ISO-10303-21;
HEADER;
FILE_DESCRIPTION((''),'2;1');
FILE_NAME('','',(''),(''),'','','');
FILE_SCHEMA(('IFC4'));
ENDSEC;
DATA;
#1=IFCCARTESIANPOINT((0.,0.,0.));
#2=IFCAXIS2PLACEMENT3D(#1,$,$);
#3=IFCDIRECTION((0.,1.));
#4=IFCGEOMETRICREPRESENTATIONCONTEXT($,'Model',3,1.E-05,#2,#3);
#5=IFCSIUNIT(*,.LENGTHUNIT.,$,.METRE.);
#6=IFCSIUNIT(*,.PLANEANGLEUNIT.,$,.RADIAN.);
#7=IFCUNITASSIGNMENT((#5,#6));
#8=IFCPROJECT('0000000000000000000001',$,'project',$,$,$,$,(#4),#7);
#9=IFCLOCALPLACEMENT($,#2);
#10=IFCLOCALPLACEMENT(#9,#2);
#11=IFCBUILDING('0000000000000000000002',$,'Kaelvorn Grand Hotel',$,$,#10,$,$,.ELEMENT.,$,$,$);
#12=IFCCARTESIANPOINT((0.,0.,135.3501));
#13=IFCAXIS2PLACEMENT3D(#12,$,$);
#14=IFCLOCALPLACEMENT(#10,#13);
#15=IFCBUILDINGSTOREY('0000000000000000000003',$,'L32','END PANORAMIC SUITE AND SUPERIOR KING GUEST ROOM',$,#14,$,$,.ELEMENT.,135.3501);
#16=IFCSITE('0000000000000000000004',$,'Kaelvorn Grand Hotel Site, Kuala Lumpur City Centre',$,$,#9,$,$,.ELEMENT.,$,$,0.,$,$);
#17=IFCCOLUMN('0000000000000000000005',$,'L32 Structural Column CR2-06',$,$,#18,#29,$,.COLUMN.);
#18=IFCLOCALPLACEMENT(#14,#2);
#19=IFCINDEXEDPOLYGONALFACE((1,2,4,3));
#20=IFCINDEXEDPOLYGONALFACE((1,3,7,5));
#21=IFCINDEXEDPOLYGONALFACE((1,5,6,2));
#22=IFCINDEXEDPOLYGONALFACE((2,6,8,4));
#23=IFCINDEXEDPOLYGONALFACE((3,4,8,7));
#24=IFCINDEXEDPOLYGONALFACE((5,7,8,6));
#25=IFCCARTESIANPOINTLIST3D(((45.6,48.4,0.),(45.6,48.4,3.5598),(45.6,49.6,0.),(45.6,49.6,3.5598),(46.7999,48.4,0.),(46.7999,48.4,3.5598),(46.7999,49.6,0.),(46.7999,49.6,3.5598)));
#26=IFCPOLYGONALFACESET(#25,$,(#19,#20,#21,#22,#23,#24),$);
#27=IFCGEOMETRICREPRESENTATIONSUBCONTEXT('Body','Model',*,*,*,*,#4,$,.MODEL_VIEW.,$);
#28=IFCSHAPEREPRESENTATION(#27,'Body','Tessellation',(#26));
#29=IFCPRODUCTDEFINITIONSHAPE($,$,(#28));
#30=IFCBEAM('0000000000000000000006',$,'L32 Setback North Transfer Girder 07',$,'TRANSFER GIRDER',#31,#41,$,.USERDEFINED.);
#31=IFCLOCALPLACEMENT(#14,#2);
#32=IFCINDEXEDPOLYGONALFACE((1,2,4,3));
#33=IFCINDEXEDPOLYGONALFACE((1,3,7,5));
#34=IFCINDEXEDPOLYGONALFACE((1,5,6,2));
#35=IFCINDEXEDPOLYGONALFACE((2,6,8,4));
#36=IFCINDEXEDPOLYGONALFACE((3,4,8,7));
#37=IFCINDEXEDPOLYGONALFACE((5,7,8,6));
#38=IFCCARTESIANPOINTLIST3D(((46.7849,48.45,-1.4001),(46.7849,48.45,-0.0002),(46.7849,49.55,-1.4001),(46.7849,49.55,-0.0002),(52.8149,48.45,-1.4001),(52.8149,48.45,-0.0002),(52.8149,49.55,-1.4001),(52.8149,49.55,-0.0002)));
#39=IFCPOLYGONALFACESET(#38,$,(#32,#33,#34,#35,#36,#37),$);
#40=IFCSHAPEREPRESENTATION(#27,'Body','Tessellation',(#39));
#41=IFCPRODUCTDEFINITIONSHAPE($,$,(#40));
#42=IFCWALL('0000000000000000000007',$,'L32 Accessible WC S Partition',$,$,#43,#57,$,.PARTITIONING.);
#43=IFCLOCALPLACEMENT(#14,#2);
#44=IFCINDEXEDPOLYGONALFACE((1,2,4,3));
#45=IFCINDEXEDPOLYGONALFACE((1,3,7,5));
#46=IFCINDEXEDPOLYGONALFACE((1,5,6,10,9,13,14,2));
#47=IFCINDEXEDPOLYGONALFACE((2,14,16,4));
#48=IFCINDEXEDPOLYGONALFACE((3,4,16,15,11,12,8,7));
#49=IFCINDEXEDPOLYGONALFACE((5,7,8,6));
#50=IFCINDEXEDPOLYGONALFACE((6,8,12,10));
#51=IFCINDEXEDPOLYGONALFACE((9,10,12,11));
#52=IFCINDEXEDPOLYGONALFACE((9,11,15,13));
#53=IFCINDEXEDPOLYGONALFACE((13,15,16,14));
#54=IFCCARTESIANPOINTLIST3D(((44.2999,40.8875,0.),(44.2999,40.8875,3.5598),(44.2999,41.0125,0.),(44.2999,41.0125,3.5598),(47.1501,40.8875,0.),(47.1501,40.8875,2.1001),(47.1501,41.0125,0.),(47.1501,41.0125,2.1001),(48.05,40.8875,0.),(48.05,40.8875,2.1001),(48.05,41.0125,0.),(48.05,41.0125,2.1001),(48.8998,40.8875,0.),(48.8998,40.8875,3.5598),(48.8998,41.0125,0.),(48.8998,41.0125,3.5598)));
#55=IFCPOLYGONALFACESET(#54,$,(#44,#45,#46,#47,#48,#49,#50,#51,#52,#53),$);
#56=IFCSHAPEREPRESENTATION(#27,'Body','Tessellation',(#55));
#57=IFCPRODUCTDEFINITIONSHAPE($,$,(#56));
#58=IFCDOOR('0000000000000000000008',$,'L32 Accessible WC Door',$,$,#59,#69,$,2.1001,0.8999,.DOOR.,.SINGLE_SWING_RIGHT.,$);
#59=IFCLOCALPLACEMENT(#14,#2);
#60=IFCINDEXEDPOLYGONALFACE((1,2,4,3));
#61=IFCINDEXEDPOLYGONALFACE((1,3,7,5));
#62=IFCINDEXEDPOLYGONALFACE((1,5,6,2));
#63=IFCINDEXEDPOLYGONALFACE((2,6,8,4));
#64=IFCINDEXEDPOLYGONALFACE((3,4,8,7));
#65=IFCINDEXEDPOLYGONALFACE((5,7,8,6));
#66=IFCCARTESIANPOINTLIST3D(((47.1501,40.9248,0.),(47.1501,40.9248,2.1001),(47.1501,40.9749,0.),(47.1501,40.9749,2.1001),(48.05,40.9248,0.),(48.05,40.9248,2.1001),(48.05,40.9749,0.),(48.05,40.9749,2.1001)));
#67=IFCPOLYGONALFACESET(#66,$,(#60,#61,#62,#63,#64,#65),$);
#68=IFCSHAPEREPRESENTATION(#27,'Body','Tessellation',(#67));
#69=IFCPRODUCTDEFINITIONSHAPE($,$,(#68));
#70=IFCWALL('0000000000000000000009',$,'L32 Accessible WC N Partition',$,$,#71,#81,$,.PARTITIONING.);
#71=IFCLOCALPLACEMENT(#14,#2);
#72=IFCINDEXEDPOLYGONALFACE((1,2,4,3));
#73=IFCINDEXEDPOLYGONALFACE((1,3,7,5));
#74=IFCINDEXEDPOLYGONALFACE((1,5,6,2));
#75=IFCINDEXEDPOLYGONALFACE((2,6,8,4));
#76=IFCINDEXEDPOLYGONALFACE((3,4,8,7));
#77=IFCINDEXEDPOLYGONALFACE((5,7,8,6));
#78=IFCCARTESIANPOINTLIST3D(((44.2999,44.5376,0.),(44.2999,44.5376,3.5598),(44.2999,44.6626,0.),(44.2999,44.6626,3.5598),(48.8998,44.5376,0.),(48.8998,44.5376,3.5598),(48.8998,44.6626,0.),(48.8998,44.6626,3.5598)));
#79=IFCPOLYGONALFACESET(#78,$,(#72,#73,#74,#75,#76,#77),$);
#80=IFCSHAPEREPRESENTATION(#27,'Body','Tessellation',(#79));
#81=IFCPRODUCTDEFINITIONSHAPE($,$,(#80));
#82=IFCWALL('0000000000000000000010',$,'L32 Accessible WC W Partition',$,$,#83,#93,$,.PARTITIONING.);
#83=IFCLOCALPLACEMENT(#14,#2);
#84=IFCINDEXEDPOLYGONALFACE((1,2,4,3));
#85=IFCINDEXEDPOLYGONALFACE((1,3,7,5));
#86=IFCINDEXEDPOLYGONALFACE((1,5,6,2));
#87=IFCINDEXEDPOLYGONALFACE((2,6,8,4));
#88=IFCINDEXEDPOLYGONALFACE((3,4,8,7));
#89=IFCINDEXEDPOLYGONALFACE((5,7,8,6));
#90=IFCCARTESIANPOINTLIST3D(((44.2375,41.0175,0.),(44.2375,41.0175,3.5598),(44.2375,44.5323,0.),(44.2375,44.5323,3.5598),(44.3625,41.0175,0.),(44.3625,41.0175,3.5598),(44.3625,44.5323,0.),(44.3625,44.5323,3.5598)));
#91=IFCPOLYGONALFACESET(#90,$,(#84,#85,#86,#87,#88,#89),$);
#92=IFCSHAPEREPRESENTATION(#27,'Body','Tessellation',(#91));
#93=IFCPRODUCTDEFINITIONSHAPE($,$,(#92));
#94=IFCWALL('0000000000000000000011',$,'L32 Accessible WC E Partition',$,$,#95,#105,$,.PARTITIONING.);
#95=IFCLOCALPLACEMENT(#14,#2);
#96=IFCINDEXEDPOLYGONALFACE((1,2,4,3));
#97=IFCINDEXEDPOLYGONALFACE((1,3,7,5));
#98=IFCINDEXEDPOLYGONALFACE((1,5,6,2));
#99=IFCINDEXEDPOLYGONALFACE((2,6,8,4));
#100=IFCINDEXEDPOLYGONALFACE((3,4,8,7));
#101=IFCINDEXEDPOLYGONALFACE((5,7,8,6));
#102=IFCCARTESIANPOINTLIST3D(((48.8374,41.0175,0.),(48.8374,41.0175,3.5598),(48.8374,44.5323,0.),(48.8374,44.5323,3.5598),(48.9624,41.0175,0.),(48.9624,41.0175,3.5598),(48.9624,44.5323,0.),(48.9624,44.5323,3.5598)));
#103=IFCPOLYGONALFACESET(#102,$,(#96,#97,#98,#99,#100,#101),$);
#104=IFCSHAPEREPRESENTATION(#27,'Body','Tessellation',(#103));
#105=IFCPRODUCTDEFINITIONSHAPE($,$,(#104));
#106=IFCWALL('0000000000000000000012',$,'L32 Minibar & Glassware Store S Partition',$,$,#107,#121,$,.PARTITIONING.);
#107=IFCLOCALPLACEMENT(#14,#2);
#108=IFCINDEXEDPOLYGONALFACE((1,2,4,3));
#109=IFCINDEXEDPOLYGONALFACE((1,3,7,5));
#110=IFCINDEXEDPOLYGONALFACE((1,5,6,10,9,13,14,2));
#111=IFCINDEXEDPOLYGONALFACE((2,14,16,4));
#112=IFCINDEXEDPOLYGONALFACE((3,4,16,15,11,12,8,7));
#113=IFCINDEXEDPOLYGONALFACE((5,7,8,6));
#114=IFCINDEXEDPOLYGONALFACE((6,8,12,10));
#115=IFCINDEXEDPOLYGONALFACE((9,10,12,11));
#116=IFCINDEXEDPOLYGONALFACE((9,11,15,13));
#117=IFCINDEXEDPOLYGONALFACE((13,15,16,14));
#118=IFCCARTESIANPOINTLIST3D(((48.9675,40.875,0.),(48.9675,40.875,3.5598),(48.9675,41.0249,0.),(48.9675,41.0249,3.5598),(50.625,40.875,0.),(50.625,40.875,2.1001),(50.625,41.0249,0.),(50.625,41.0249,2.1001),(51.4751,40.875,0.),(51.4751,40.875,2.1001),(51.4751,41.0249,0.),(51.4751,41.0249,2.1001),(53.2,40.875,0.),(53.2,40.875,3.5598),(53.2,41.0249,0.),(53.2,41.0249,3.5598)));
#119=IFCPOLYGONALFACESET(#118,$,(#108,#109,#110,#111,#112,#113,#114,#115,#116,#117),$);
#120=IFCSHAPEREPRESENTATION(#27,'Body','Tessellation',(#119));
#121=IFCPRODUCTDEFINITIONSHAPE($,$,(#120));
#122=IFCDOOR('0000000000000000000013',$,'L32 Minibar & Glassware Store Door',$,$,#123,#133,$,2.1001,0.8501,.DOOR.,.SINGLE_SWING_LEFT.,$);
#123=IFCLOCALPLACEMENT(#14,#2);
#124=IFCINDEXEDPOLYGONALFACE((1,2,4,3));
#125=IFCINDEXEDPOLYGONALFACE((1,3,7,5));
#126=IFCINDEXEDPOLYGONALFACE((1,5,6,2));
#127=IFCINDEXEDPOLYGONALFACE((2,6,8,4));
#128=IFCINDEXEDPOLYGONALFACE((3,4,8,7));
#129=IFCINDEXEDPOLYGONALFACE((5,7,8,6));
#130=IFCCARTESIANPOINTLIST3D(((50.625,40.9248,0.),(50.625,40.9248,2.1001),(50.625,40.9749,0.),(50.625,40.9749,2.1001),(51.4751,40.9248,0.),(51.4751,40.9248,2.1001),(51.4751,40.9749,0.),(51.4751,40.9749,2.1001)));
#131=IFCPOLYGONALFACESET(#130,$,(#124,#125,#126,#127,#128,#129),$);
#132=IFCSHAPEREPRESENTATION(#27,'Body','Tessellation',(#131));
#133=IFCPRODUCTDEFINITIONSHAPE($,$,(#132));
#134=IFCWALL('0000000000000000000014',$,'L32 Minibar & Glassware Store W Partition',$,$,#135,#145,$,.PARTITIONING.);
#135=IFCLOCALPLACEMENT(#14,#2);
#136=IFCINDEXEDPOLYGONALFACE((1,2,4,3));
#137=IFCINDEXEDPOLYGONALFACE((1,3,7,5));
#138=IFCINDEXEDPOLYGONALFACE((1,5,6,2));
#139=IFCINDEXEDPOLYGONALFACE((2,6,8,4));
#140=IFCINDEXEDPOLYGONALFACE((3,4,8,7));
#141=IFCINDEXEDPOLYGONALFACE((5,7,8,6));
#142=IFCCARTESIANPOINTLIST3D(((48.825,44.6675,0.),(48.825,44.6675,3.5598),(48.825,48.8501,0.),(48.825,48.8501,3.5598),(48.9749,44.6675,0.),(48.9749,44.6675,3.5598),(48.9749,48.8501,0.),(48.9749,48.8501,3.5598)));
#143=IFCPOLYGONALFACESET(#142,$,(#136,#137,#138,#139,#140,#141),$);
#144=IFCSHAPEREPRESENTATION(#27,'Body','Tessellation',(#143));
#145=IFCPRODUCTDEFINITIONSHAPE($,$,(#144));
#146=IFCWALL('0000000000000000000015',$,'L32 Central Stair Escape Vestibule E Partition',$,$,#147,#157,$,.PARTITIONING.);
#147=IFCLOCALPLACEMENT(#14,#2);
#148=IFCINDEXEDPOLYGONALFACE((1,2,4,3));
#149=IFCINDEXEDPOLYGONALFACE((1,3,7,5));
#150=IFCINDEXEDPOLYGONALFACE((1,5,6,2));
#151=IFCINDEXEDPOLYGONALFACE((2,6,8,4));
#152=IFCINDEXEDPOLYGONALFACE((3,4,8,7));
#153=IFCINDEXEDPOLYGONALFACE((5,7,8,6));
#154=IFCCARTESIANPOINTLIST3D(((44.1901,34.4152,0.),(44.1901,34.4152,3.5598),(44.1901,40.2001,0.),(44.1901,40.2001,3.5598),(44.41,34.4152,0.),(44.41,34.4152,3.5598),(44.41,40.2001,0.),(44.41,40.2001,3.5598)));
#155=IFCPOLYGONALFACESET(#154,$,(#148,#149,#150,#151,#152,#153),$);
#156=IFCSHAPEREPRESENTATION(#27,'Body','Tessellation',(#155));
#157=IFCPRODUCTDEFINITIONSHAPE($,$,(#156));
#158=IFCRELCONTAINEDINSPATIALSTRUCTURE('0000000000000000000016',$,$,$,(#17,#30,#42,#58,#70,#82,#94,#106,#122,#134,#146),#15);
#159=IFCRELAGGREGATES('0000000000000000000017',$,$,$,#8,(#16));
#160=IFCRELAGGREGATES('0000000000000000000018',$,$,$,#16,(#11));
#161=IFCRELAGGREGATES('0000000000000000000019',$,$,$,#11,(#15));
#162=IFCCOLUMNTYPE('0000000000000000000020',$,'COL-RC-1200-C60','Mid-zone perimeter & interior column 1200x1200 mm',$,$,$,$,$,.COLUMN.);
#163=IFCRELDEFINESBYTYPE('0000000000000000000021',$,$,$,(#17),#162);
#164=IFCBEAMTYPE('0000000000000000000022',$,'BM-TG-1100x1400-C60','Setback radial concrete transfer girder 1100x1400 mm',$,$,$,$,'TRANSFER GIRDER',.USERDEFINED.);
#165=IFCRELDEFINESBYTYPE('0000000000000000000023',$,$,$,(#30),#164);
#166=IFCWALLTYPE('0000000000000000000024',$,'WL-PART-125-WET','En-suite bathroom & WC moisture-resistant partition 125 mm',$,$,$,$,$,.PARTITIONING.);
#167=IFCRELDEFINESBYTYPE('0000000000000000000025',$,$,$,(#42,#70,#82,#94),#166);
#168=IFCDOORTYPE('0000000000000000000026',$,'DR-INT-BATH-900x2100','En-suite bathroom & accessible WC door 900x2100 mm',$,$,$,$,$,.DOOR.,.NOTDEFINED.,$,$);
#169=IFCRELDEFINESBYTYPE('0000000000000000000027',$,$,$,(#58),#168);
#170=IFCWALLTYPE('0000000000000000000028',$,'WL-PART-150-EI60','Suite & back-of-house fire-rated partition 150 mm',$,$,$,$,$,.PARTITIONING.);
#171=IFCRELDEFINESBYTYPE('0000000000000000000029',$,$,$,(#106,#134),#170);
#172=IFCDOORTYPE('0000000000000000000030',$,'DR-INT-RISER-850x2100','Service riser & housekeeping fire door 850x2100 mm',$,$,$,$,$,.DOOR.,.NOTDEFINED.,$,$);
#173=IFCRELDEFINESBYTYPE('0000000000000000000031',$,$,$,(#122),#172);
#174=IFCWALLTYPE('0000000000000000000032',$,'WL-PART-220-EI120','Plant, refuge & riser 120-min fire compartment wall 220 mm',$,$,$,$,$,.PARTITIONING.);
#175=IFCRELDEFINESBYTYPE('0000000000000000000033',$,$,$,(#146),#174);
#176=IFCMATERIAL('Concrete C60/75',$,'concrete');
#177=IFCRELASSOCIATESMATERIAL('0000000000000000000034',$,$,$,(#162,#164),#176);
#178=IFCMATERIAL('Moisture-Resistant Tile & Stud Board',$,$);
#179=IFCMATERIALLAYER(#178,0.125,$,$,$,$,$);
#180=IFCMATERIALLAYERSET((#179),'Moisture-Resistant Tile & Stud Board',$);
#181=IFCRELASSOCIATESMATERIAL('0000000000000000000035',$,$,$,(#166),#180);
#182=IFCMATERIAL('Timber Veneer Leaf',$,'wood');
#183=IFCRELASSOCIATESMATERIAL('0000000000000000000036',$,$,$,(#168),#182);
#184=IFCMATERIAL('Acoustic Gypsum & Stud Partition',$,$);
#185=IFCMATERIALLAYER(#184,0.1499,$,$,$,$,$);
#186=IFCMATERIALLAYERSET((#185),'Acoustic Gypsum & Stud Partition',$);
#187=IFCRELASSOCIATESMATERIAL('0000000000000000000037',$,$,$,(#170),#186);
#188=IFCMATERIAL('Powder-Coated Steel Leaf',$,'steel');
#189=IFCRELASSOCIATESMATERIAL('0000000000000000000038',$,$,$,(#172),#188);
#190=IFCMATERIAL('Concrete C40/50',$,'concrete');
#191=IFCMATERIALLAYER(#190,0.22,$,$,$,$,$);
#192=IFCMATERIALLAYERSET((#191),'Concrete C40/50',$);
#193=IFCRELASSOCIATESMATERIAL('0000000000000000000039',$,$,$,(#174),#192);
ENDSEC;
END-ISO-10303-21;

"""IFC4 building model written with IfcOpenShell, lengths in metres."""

from ifc_helpers import new_model, si_unit, direction, frame, frame_2d, origin, origin_2d, place, context, subcontext, project, spatial, rectangle, extrude, material, layer, layer_set, material_profile, profile_set, type_object, element, fill, save


model = new_model("IFC4")

# Units and contexts
model_context = context("Model", 3, precision=1e-05, world=origin(), true_north=direction((0.0, 1.0)))
body_context = subcontext(model_context, "Body", "Model", "MODEL_VIEW")
ifc_project = project(units=[si_unit("LENGTHUNIT", "METRE"), si_unit("PLANEANGLEUNIT", "RADIAN")], contexts=[model_context])

# Site, building, storey
site_placement = place(None, origin())
site = spatial("IfcSite", under=ifc_project, at=site_placement, Name="Kaelvorn Grand Hotel Site, Kuala Lumpur City Centre", CompositionType="ELEMENT", RefElevation=0.0)
building_placement = place(site_placement, origin())
building = spatial("IfcBuilding", under=site, at=building_placement, Name="Kaelvorn Grand Hotel", CompositionType="ELEMENT")
storey_placement = place(building_placement, frame((0.0, 0.0, 135.3501)))
storey = spatial("IfcBuildingStorey", under=building, at=storey_placement, Name="L32", Description="END PANORAMIC SUITE AND SUPERIOR KING GUEST ROOM", CompositionType="ELEMENT", Elevation=135.3501)

# Column
ifc_material_1 = material(Name="Concrete C60/75", Category="concrete")
ifc_material_profile_1 = material_profile(ifc_material_1, rectangle(XDim=1.2, YDim=1.2, at=origin_2d()), Name="RC COL 1200x1200")
ifc_profile_set_1 = profile_set([ifc_material_profile_1], Name="Concrete C60/75")
column_type = type_object("IfcColumnType", Name="COL-RC-1200-C60", Description="Mid-zone perimeter & interior column 1200x1200 mm", PredefinedType="COLUMN", material=ifc_profile_set_1)
column_placement = place(storey_placement, frame((46.2, 49.0, 0.0), z_axis=(0.0, 0.0, 1.0), x_axis=(1.0, 0.0, 0.0)))
element("IfcColumn", 1, at=column_placement, inside=storey, type_object=column_type, Name="L32 Structural Column CR2-06", PredefinedType="COLUMN", context=body_context, shape_type="SweptSolid", body=[
    extrude(rectangle(XDim=1.2, YDim=1.2, at=origin_2d()), origin(), (0.0, 0.0, 1.0), 3.5598),
])

# Beam
ifc_material_profile_2 = material_profile(ifc_material_1, rectangle(XDim=1.1001, YDim=1.3999, at=origin_2d()), Name="RC TG 1100x1400")
ifc_profile_set_2 = profile_set([ifc_material_profile_2], Name="Concrete C60/75")
beam_type = type_object("IfcBeamType", Name="BM-TG-1100x1400-C60", Description="Setback radial concrete transfer girder 1100x1400 mm", ElementType="TRANSFER GIRDER", PredefinedType="USERDEFINED", material=ifc_profile_set_2)
beam_placement = place(storey_placement, frame((46.7849, 49.0, -0.7002), z_axis=(1.0, 0.0, 0.0), x_axis=(0.0, 1.0, 0.0)))
element("IfcBeam", 2, at=beam_placement, inside=storey, type_object=beam_type, Name="L32 Setback North Transfer Girder 07", ObjectType="TRANSFER GIRDER", PredefinedType="USERDEFINED", context=body_context, shape_type="SweptSolid", body=[
    extrude(rectangle(XDim=1.1001, YDim=1.3999, at=origin_2d()), origin(), (0.0, 0.0, 1.0), 6.03),
])

# Wall, opening, door
ifc_material_2 = material(Name="Moisture-Resistant Tile & Stud Board")
ifc_layer_1 = layer(ifc_material_2, 0.125)
ifc_layer_set_1 = layer_set([ifc_layer_1], Name="Moisture-Resistant Tile & Stud Board")
wall_type_1 = type_object("IfcWallType", Name="WL-PART-125-WET", Description="En-suite bathroom & WC moisture-resistant partition 125 mm", PredefinedType="PARTITIONING", material=ifc_layer_set_1)
wall_1_placement = place(storey_placement, frame((44.3, 40.95, 0.0), z_axis=(0.0, 0.0, 1.0), x_axis=(1.0, 0.0, 0.0)))
wall_1 = element("IfcWall", 3, at=wall_1_placement, inside=storey, type_object=wall_type_1, Name="L32 Accessible WC S Partition", PredefinedType="PARTITIONING", context=body_context, shape_type="SweptSolid", body=[
    extrude(rectangle(XDim=4.5999, YDim=0.125, at=frame_2d((2.2998, 0.0))), origin(), (0.0, 0.0, 1.0), 3.5598),
])
opening_1_placement = place(wall_1_placement, frame((2.8501, 0.0, 0.0)))
opening_1 = element("IfcOpeningElement", 4, at=opening_1_placement, cuts=wall_1, PredefinedType="OPENING", context=body_context, shape_type="SweptSolid", body=[
    extrude(rectangle(XDim=0.8999, YDim=2.1001, at=frame_2d((0.45, 1.05))), frame((0.0, 0.0725, 0.0), z_axis=(0.0, -1.0, 0.0), x_axis=(1.0, 0.0, 0.0)), (0.0, 0.0, 1.0), 0.145),
])
ifc_material_3 = material(Name="Timber Veneer Leaf", Category="wood")
door_type_1 = type_object("IfcDoorType", Name="DR-INT-BATH-900x2100", Description="En-suite bathroom & accessible WC door 900x2100 mm", OperationType="NOTDEFINED", PredefinedType="DOOR", material=ifc_material_3)
door_1_placement = place(opening_1_placement, origin())
door_1 = element("IfcDoor", 5, at=door_1_placement, inside=storey, type_object=door_type_1, Name="L32 Accessible WC Door", OperationType="SINGLE_SWING_RIGHT", OverallHeight=2.1001, OverallWidth=0.8999, PredefinedType="DOOR", context=body_context, shape_type="SweptSolid", body=[
    extrude(rectangle(XDim=0.8999, YDim=2.1001, at=frame_2d((0.45, 1.05))), frame((0.0, 0.0249, 0.0), z_axis=(0.0, -1.0, 0.0), x_axis=(1.0, 0.0, 0.0)), (0.0, 0.0, 1.0), 0.05),
])
fill(opening_1, door_1)

# Walls
wall_2_placement = place(storey_placement, frame((44.3, 44.6001, 0.0), z_axis=(0.0, 0.0, 1.0), x_axis=(1.0, 0.0, 0.0)))
element("IfcWall", 6, at=wall_2_placement, inside=storey, type_object=wall_type_1, Name="L32 Accessible WC N Partition", PredefinedType="PARTITIONING", context=body_context, shape_type="SweptSolid", body=[
    extrude(rectangle(XDim=4.5999, YDim=0.125, at=frame_2d((2.2998, 0.0))), origin(), (0.0, 0.0, 1.0), 3.5598),
])
for number, where, z_axis, x_axis, name in (
    (7, (44.3, 41.0176, 0.0), (0.0, 0.0, 1.0), (0.0, 1.0, 0.0), "L32 Accessible WC W Partition"),
    (8, (48.8999, 41.0176, 0.0), (0.0, 0.0, 1.0), (0.0, 1.0, 0.0), "L32 Accessible WC E Partition"),
):
    element("IfcWall", number, at=place(storey_placement, frame(where, z_axis=z_axis, x_axis=x_axis)), inside=storey, type_object=wall_type_1, Name=name, PredefinedType="PARTITIONING", context=body_context, shape_type="SweptSolid", body=[
        extrude(rectangle(XDim=3.5149, YDim=0.125, at=frame_2d((1.7573, 0.0))), origin(), (0.0, 0.0, 1.0), 3.5598),
    ])

# Wall, opening, door
ifc_material_4 = material(Name="Acoustic Gypsum & Stud Partition")
ifc_layer_2 = layer(ifc_material_4, 0.1499)
ifc_layer_set_2 = layer_set([ifc_layer_2], Name="Acoustic Gypsum & Stud Partition")
wall_type_2 = type_object("IfcWallType", Name="WL-PART-150-EI60", Description="Suite & back-of-house fire-rated partition 150 mm", PredefinedType="PARTITIONING", material=ifc_layer_set_2)
wall_3_placement = place(storey_placement, frame((48.9675, 40.95, 0.0), z_axis=(0.0, 0.0, 1.0), x_axis=(1.0, 0.0, 0.0)))
wall_3 = element("IfcWall", 9, at=wall_3_placement, inside=storey, type_object=wall_type_2, Name="L32 Minibar & Glassware Store S Partition", PredefinedType="PARTITIONING", context=body_context, shape_type="SweptSolid", body=[
    extrude(rectangle(XDim=4.2324, YDim=0.1499, at=frame_2d((2.1162, 0.0))), origin(), (0.0, 0.0, 1.0), 3.5598),
])
opening_2_placement = place(wall_3_placement, frame((1.6575, 0.0, 0.0)))
opening_2 = element("IfcOpeningElement", 10, at=opening_2_placement, cuts=wall_3, PredefinedType="OPENING", context=body_context, shape_type="SweptSolid", body=[
    extrude(rectangle(XDim=0.8501, YDim=2.1001, at=frame_2d((0.425, 1.05))), frame((0.0, 0.085, 0.0), z_axis=(0.0, -1.0, 0.0), x_axis=(1.0, 0.0, 0.0)), (0.0, 0.0, 1.0), 0.1699),
])
ifc_material_5 = material(Name="Powder-Coated Steel Leaf", Category="steel")
door_type_2 = type_object("IfcDoorType", Name="DR-INT-RISER-850x2100", Description="Service riser & housekeeping fire door 850x2100 mm", OperationType="NOTDEFINED", PredefinedType="DOOR", material=ifc_material_5)
door_2_placement = place(opening_2_placement, origin())
door_2 = element("IfcDoor", 11, at=door_2_placement, inside=storey, type_object=door_type_2, Name="L32 Minibar & Glassware Store Door", OperationType="SINGLE_SWING_LEFT", OverallHeight=2.1001, OverallWidth=0.8501, PredefinedType="DOOR", context=body_context, shape_type="SweptSolid", body=[
    extrude(rectangle(XDim=0.8501, YDim=2.1001, at=frame_2d((0.425, 1.05))), frame((0.0, 0.0249, 0.0), z_axis=(0.0, -1.0, 0.0), x_axis=(1.0, 0.0, 0.0)), (0.0, 0.0, 1.0), 0.05),
])
fill(opening_2, door_2)

# Walls
wall_4_placement = place(storey_placement, frame((48.8999, 44.6675, 0.0), z_axis=(0.0, 0.0, 1.0), x_axis=(0.0, 1.0, 0.0)))
element("IfcWall", 12, at=wall_4_placement, inside=storey, type_object=wall_type_2, Name="L32 Minibar & Glassware Store W Partition", PredefinedType="PARTITIONING", context=body_context, shape_type="SweptSolid", body=[
    extrude(rectangle(XDim=4.1826, YDim=0.1499, at=frame_2d((2.0913, 0.0))), origin(), (0.0, 0.0, 1.0), 3.5598),
])
ifc_material_6 = material(Name="Concrete C40/50", Category="concrete")
ifc_layer_3 = layer(ifc_material_6, 0.22)
ifc_layer_set_3 = layer_set([ifc_layer_3], Name="Concrete C40/50")
wall_type_3 = type_object("IfcWallType", Name="WL-PART-220-EI120", Description="Plant, refuge & riser 120-min fire compartment wall 220 mm", PredefinedType="PARTITIONING", material=ifc_layer_set_3)
wall_5_placement = place(storey_placement, frame((44.3, 34.415, 0.0), z_axis=(0.0, 0.0, 1.0), x_axis=(0.0, 1.0, 0.0)))
element("IfcWall", 13, at=wall_5_placement, inside=storey, type_object=wall_type_3, Name="L32 Central Stair Escape Vestibule E Partition", PredefinedType="PARTITIONING", context=body_context, shape_type="SweptSolid", body=[
    extrude(rectangle(XDim=5.7849, YDim=0.22, at=frame_2d((2.8926, 0.0))), origin(), (0.0, 0.0, 1.0), 3.5598),
])

save(model, "model.ifc")
